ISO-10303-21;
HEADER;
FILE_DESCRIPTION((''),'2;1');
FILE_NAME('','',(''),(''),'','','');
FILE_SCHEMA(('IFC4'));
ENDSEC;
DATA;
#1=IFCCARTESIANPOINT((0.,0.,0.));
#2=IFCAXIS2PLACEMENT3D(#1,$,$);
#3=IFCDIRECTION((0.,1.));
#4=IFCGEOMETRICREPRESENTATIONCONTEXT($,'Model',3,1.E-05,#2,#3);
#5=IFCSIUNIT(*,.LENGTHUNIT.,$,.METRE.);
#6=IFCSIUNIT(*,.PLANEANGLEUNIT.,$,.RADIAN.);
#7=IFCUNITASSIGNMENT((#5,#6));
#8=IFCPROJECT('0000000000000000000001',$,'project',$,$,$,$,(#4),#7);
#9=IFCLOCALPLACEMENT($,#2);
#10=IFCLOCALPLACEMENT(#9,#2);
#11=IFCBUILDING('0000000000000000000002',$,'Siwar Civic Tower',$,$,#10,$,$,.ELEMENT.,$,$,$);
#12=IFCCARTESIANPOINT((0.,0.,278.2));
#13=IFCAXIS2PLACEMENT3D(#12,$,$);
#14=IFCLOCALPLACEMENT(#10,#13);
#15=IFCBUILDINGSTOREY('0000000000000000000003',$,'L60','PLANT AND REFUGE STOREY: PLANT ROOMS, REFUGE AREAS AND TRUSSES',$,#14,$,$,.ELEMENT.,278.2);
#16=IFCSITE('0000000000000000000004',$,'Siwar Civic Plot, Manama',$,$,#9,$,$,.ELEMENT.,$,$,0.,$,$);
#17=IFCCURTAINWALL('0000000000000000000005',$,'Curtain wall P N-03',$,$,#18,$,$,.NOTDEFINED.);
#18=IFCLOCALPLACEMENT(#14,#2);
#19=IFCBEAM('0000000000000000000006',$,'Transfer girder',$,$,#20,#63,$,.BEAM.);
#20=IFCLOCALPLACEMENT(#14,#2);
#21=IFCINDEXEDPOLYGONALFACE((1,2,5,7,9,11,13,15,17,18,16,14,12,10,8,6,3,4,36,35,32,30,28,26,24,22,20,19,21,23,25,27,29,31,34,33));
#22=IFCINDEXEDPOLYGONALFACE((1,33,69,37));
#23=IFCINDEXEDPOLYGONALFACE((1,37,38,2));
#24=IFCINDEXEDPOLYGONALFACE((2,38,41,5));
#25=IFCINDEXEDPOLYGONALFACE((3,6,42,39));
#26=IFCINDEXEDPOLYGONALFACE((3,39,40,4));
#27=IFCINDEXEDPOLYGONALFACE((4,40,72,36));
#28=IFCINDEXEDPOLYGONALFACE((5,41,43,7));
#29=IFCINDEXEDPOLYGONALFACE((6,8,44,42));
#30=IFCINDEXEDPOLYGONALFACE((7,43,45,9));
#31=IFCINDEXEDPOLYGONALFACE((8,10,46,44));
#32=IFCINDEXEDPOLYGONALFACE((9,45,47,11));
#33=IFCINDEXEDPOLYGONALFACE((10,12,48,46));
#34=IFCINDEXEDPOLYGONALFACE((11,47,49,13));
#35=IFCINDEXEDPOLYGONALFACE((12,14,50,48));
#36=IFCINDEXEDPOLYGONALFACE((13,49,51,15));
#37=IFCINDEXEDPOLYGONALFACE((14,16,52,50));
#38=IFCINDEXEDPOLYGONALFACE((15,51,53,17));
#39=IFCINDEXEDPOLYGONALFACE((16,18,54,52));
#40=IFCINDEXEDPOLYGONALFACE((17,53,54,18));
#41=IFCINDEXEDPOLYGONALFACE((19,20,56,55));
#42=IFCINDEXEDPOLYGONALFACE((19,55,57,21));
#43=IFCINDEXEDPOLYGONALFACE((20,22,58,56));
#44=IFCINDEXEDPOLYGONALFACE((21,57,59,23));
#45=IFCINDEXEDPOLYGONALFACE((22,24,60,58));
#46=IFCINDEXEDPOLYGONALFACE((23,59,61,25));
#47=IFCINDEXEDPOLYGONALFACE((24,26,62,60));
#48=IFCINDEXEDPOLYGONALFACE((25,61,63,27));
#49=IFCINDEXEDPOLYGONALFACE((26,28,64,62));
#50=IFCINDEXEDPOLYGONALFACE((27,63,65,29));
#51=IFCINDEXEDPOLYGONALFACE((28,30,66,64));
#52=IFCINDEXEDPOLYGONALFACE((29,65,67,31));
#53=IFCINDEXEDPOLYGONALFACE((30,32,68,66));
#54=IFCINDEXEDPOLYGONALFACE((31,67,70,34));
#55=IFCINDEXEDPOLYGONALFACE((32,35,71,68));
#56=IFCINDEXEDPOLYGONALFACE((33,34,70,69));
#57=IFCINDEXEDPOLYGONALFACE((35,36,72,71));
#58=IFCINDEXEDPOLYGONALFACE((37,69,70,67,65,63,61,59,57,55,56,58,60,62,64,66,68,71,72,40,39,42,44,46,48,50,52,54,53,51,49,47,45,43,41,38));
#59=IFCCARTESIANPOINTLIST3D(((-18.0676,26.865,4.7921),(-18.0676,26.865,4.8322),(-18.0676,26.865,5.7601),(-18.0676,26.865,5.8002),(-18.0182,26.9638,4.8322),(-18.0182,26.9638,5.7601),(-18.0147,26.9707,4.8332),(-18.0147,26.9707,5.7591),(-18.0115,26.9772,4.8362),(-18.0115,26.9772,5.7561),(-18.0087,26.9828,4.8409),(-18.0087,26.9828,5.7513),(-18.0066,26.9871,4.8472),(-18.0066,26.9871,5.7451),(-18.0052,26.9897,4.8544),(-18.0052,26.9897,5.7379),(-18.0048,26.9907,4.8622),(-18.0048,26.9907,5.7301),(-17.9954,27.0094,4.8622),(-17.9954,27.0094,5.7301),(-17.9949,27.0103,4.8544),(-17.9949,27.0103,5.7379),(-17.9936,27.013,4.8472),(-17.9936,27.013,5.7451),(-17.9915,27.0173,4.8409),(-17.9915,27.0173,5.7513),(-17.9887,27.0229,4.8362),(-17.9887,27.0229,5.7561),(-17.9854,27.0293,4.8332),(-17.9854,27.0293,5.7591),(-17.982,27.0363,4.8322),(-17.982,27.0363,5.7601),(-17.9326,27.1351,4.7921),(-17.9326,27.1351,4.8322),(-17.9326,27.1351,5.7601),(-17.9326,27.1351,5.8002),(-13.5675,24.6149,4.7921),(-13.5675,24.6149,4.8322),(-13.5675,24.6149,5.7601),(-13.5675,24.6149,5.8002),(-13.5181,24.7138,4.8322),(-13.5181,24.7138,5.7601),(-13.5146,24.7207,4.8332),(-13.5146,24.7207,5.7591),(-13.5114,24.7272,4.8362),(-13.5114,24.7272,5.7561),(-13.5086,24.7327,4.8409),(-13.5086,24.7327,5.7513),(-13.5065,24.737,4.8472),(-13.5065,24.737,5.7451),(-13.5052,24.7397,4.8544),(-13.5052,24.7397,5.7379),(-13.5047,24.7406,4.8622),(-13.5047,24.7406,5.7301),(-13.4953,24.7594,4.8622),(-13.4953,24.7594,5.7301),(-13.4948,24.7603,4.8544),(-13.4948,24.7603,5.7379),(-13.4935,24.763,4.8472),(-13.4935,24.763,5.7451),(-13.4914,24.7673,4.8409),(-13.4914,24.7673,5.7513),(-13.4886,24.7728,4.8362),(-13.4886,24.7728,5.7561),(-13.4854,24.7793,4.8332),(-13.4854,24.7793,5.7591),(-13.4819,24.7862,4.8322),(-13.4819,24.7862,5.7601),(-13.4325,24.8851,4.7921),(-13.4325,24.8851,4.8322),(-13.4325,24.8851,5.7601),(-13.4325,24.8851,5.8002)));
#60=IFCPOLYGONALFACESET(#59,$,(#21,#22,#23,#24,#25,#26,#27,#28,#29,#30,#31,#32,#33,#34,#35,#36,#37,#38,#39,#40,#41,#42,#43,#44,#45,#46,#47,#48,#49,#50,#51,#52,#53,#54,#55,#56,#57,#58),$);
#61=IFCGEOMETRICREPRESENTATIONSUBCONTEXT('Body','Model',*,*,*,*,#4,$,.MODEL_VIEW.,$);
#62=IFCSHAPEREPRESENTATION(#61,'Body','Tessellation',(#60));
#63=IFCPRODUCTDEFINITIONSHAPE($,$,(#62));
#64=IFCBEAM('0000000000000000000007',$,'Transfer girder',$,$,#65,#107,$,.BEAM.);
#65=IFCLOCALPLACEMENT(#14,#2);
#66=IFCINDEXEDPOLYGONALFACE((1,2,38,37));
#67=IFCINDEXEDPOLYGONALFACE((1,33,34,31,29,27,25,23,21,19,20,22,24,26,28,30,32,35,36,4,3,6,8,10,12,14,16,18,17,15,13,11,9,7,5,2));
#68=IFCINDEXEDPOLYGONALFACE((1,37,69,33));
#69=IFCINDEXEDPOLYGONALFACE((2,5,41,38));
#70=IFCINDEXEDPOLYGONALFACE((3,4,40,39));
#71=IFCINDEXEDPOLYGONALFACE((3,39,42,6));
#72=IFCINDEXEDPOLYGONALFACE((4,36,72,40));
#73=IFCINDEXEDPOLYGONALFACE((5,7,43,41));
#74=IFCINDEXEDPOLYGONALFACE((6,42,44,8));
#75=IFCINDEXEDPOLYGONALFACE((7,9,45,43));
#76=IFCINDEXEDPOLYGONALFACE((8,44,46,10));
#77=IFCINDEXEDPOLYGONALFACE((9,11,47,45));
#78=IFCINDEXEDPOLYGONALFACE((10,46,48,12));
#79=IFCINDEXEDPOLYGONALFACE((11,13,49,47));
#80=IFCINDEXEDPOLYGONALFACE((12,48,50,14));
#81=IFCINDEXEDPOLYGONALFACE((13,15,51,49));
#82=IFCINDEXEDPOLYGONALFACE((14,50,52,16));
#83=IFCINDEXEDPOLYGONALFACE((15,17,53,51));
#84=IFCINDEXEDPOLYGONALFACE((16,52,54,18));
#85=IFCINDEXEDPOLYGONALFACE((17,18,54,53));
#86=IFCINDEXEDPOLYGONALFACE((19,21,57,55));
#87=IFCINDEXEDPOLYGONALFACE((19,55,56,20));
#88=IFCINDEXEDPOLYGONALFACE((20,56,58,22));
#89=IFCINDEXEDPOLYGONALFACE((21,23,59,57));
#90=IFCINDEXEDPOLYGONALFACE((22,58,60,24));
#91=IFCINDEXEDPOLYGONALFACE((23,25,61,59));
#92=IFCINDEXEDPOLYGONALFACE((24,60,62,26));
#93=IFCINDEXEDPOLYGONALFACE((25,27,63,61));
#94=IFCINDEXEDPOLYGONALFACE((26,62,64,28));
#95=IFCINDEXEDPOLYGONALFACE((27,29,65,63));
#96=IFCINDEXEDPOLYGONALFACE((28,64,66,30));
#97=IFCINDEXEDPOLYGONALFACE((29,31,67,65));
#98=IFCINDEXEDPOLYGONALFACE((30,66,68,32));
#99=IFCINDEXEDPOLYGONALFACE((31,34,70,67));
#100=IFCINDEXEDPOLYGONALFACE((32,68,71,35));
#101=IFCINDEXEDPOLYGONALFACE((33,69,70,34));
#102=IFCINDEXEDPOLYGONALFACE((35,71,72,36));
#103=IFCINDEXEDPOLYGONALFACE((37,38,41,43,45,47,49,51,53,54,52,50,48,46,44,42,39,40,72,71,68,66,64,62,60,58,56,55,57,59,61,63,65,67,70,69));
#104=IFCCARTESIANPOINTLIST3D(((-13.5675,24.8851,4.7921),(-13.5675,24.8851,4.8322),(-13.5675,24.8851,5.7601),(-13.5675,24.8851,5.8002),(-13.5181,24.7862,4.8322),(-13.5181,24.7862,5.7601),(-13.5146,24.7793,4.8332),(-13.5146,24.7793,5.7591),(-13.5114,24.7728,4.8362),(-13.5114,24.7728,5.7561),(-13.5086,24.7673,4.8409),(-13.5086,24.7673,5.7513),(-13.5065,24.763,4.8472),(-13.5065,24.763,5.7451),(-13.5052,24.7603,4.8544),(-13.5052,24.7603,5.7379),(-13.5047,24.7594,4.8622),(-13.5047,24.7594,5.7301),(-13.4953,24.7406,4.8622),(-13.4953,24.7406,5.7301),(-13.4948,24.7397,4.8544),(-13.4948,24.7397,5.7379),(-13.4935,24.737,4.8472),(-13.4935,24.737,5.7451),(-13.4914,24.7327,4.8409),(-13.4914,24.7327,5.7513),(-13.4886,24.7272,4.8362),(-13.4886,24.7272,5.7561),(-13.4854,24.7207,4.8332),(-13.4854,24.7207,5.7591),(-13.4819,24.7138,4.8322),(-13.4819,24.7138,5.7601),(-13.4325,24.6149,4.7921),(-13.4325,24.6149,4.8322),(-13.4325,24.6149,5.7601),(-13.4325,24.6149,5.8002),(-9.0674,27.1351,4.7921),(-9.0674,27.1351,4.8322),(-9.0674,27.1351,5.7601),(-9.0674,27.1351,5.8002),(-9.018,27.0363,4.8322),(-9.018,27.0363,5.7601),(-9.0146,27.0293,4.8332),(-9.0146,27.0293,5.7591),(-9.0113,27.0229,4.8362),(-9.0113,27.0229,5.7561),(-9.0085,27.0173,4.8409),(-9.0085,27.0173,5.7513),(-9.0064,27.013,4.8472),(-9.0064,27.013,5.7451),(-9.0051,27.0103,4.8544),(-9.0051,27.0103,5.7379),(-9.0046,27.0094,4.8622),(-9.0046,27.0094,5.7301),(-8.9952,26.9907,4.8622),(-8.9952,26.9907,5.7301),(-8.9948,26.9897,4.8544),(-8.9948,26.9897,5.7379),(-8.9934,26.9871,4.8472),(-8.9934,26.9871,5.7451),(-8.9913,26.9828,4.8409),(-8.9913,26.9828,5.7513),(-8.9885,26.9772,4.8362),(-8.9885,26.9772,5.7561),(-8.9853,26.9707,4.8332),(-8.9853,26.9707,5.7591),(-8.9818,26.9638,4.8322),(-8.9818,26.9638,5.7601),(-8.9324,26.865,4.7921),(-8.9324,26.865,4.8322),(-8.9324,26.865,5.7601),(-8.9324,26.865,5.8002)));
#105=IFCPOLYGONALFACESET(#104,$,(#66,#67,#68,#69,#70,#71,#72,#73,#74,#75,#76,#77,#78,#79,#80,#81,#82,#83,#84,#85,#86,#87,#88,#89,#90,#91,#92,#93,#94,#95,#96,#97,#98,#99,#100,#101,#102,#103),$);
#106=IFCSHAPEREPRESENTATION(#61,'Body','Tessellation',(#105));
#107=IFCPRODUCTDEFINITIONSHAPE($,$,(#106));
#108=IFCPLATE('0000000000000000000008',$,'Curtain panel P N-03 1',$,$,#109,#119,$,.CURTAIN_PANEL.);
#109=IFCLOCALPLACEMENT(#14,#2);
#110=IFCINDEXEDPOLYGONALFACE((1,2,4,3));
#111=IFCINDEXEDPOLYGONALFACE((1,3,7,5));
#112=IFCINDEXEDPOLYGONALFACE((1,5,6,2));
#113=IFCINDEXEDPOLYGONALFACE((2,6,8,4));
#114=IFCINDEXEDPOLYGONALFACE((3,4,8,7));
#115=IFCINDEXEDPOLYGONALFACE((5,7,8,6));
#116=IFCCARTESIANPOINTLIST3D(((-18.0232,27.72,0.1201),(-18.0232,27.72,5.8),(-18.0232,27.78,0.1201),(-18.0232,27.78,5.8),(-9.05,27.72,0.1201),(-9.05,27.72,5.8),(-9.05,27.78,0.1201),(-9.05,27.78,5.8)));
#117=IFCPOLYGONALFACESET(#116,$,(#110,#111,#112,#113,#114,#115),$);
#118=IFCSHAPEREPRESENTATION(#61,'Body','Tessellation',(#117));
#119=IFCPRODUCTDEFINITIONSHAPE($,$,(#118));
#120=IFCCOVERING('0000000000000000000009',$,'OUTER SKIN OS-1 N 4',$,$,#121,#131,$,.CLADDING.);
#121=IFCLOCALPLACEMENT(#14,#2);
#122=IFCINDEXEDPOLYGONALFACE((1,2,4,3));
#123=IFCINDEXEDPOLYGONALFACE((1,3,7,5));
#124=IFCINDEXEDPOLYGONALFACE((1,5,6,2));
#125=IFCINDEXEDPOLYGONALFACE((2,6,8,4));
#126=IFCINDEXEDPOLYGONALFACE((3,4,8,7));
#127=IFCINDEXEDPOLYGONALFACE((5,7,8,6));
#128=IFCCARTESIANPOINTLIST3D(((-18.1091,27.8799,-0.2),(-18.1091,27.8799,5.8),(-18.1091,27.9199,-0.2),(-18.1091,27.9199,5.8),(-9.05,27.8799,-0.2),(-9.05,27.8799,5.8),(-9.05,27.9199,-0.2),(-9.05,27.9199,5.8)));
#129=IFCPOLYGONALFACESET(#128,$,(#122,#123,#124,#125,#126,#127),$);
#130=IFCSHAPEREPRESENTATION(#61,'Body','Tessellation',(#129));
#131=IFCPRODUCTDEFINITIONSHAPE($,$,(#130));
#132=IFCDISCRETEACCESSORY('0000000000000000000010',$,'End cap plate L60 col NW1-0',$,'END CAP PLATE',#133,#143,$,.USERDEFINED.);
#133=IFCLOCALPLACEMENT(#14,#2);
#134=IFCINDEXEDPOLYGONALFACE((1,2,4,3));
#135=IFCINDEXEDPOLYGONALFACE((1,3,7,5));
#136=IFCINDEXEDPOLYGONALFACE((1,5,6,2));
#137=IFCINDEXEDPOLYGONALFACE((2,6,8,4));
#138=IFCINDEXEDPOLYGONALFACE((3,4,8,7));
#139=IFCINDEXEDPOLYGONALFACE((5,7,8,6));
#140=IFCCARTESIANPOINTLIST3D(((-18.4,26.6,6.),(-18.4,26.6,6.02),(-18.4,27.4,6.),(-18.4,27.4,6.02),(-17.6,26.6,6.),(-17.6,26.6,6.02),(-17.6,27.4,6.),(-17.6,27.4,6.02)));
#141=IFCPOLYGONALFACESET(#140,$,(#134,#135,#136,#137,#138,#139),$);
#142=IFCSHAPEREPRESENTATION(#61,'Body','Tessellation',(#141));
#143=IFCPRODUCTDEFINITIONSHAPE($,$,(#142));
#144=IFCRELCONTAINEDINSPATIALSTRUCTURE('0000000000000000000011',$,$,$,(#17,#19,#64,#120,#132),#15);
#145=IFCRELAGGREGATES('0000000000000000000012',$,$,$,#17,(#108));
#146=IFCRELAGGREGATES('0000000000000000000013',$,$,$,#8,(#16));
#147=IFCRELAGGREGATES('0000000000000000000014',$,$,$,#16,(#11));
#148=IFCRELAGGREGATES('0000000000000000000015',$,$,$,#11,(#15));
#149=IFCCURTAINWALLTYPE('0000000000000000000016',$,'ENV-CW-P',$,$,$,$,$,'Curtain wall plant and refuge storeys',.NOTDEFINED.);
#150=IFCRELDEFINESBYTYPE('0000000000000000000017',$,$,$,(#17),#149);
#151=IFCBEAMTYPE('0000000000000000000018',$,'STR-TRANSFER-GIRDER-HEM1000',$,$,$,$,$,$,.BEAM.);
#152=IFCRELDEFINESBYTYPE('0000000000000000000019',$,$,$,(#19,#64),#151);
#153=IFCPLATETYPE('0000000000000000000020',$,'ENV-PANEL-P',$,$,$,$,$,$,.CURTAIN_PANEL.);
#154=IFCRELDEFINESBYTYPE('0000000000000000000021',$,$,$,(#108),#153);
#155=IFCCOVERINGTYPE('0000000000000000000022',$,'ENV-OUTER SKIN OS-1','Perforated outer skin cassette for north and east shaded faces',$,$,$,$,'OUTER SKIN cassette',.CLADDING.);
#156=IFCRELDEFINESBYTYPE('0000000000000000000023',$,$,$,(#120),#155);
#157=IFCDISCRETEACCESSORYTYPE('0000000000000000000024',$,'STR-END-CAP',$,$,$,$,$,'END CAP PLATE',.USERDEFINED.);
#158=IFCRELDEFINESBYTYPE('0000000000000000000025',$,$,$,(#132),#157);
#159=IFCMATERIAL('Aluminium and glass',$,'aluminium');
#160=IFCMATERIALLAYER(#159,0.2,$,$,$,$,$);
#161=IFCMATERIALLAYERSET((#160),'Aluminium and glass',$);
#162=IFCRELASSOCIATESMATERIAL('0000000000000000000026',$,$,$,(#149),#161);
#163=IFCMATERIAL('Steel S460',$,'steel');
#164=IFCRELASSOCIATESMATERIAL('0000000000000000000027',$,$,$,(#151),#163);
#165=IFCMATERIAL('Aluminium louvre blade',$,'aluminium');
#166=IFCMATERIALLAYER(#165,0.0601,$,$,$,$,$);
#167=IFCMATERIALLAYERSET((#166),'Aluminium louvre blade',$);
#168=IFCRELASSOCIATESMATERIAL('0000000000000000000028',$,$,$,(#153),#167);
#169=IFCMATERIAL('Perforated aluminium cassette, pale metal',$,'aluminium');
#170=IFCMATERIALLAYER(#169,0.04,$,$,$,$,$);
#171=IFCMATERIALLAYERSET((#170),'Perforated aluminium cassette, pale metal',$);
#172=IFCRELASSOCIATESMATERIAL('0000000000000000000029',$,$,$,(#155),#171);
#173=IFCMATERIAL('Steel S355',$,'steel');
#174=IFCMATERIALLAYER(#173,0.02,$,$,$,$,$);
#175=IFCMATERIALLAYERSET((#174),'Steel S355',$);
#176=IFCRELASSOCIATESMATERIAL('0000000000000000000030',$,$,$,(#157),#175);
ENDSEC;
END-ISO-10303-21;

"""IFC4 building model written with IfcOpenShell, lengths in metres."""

from ifc_helpers import new_model, si_unit, direction, frame, origin, origin_2d, place, context, subcontext, project, spatial, rectangle, i_section, extrude, material, layer, layer_set, material_profile, profile_set, type_object, element, aggregate, save


model = new_model("IFC4")

# Units and contexts
model_context = context("Model", 3, precision=1e-05, world=origin(), true_north=direction((0.0, 1.0)))
body_context = subcontext(model_context, "Body", "Model", "MODEL_VIEW")
ifc_project = project(units=[si_unit("LENGTHUNIT", "METRE"), si_unit("PLANEANGLEUNIT", "RADIAN")], contexts=[model_context])

# Site, building, storey
site_placement = place(None, origin())
site = spatial("IfcSite", under=ifc_project, at=site_placement, Name="Siwar Civic Plot, Manama", CompositionType="ELEMENT", RefElevation=0.0)
building_placement = place(site_placement, origin())
building = spatial("IfcBuilding", under=site, at=building_placement, Name="Siwar Civic Tower", CompositionType="ELEMENT")
storey_placement = place(building_placement, frame((0.0, 0.0, 278.2)))
storey = spatial("IfcBuildingStorey", under=building, at=storey_placement, Name="L60", Description="PLANT AND REFUGE STOREY: PLANT ROOMS, REFUGE AREAS AND TRUSSES", CompositionType="ELEMENT", Elevation=278.2)

# Curtain wall
ifc_material_1 = material(Name="Aluminium and glass", Category="aluminium")
ifc_layer_1 = layer(ifc_material_1, 0.2)
ifc_layer_set_1 = layer_set([ifc_layer_1], Name="Aluminium and glass")
curtain_wall_type = type_object("IfcCurtainWallType", Name="ENV-CW-P", ElementType="Curtain wall plant and refuge storeys", PredefinedType="NOTDEFINED", material=ifc_layer_set_1)
curtain_wall_placement = place(storey_placement, origin())
curtain_wall = element("IfcCurtainWall", 1, at=curtain_wall_placement, inside=storey, type_object=curtain_wall_type, Name="Curtain wall P N-03", PredefinedType="NOTDEFINED")

# Beams
ifc_material_2 = material(Name="Steel S460", Category="steel")
ifc_material_profile_1 = material_profile(ifc_material_2, i_section(OverallWidth=0.302, OverallDepth=1.0081, WebThickness=0.021, FlangeThickness=0.04, FilletRadius=0.03, at=origin_2d()), Name="HEM1000")
ifc_profile_set_1 = profile_set([ifc_material_profile_1], Name="Steel S460")
beam_type_1 = type_object("IfcBeamType", Name="STR-TRANSFER-GIRDER-HEM1000", PredefinedType="BEAM", material=ifc_profile_set_1)
for number, where, z_axis, x_axis, name in (
    (2, (-13.5, 24.75, 5.2961), (-0.894427, 0.447214, 0.0), (-0.447214, -0.894427, 0.0), "Transfer girder"),
    (3, (-13.5, 24.75, 5.2961), (0.894427, 0.447214, 0.0), (-0.447214, 0.894427, 0.0), "Transfer girder"),
):
    element("IfcBeam", number, at=place(storey_placement, frame(where, z_axis=z_axis, x_axis=x_axis)), inside=storey, type_object=beam_type_1, Name=name, PredefinedType="BEAM", context=body_context, shape_type="SweptSolid", body=[
        extrude(i_section(OverallWidth=0.302, OverallDepth=1.0081, WebThickness=0.021, FlangeThickness=0.04, FilletRadius=0.03, at=origin_2d()), origin(), (0.0, 0.0, 1.0), 5.0312),
    ])

# Plate
ifc_material_3 = material(Name="Aluminium louvre blade", Category="aluminium")
ifc_layer_2 = layer(ifc_material_3, 0.0601)
ifc_layer_set_2 = layer_set([ifc_layer_2], Name="Aluminium louvre blade")
plate_type = type_object("IfcPlateType", Name="ENV-PANEL-P", PredefinedType="CURTAIN_PANEL", material=ifc_layer_set_2)
plate_placement = place(storey_placement, frame((-13.5366, 27.75, 0.1201), z_axis=(0.0, 0.0, 1.0), x_axis=(-1.0, 0.0, 0.0)))
plate = element("IfcPlate", 4, at=plate_placement, type_object=plate_type, Name="Curtain panel P N-03 1", PredefinedType="CURTAIN_PANEL", context=body_context, shape_type="SweptSolid", body=[
    extrude(rectangle(XDim=8.9731, YDim=0.0601, at=origin_2d()), origin(), (0.0, 0.0, 1.0), 5.6799),
])
aggregate(curtain_wall, [plate])

# Covering
ifc_material_4 = material(Name="Perforated aluminium cassette, pale metal", Category="aluminium")
ifc_layer_3 = layer(ifc_material_4, 0.04)
ifc_layer_set_3 = layer_set([ifc_layer_3], Name="Perforated aluminium cassette, pale metal")
covering_type = type_object("IfcCoveringType", Name="ENV-OUTER SKIN OS-1", Description="Perforated outer skin cassette for north and east shaded faces", ElementType="OUTER SKIN cassette", PredefinedType="CLADDING", material=ifc_layer_set_3)
covering_placement = place(storey_placement, frame((-13.5796, 27.8999, -0.2), z_axis=(0.0, 0.0, 1.0), x_axis=(-1.0, 0.0, 0.0)))
element("IfcCovering", 5, at=covering_placement, inside=storey, type_object=covering_type, Name="OUTER SKIN OS-1 N 4", PredefinedType="CLADDING", context=body_context, shape_type="SweptSolid", body=[
    extrude(rectangle(XDim=9.0591, YDim=0.04, at=origin_2d()), origin(), (0.0, 0.0, 1.0), 6.0),
])

# Discrete accessory
ifc_material_5 = material(Name="Steel S355", Category="steel")
ifc_layer_4 = layer(ifc_material_5, 0.02)
ifc_layer_set_4 = layer_set([ifc_layer_4], Name="Steel S355")
discrete_accessory_type = type_object("IfcDiscreteAccessoryType", Name="STR-END-CAP", ElementType="END CAP PLATE", PredefinedType="USERDEFINED", material=ifc_layer_set_4)
discrete_accessory_placement = place(storey_placement, frame((-18.0, 27.0, 6.0), z_axis=(0.0, 0.0, 1.0), x_axis=(1.0, 0.0, 0.0)))
element("IfcDiscreteAccessory", 6, at=discrete_accessory_placement, inside=storey, type_object=discrete_accessory_type, Name="End cap plate L60 col NW1-0", ObjectType="END CAP PLATE", PredefinedType="USERDEFINED", context=body_context, shape_type="SweptSolid", body=[
    extrude(rectangle(XDim=0.8, YDim=0.8, at=origin_2d()), origin(), (0.0, 0.0, 1.0), 0.02),
])

save(model, "model.ifc")
